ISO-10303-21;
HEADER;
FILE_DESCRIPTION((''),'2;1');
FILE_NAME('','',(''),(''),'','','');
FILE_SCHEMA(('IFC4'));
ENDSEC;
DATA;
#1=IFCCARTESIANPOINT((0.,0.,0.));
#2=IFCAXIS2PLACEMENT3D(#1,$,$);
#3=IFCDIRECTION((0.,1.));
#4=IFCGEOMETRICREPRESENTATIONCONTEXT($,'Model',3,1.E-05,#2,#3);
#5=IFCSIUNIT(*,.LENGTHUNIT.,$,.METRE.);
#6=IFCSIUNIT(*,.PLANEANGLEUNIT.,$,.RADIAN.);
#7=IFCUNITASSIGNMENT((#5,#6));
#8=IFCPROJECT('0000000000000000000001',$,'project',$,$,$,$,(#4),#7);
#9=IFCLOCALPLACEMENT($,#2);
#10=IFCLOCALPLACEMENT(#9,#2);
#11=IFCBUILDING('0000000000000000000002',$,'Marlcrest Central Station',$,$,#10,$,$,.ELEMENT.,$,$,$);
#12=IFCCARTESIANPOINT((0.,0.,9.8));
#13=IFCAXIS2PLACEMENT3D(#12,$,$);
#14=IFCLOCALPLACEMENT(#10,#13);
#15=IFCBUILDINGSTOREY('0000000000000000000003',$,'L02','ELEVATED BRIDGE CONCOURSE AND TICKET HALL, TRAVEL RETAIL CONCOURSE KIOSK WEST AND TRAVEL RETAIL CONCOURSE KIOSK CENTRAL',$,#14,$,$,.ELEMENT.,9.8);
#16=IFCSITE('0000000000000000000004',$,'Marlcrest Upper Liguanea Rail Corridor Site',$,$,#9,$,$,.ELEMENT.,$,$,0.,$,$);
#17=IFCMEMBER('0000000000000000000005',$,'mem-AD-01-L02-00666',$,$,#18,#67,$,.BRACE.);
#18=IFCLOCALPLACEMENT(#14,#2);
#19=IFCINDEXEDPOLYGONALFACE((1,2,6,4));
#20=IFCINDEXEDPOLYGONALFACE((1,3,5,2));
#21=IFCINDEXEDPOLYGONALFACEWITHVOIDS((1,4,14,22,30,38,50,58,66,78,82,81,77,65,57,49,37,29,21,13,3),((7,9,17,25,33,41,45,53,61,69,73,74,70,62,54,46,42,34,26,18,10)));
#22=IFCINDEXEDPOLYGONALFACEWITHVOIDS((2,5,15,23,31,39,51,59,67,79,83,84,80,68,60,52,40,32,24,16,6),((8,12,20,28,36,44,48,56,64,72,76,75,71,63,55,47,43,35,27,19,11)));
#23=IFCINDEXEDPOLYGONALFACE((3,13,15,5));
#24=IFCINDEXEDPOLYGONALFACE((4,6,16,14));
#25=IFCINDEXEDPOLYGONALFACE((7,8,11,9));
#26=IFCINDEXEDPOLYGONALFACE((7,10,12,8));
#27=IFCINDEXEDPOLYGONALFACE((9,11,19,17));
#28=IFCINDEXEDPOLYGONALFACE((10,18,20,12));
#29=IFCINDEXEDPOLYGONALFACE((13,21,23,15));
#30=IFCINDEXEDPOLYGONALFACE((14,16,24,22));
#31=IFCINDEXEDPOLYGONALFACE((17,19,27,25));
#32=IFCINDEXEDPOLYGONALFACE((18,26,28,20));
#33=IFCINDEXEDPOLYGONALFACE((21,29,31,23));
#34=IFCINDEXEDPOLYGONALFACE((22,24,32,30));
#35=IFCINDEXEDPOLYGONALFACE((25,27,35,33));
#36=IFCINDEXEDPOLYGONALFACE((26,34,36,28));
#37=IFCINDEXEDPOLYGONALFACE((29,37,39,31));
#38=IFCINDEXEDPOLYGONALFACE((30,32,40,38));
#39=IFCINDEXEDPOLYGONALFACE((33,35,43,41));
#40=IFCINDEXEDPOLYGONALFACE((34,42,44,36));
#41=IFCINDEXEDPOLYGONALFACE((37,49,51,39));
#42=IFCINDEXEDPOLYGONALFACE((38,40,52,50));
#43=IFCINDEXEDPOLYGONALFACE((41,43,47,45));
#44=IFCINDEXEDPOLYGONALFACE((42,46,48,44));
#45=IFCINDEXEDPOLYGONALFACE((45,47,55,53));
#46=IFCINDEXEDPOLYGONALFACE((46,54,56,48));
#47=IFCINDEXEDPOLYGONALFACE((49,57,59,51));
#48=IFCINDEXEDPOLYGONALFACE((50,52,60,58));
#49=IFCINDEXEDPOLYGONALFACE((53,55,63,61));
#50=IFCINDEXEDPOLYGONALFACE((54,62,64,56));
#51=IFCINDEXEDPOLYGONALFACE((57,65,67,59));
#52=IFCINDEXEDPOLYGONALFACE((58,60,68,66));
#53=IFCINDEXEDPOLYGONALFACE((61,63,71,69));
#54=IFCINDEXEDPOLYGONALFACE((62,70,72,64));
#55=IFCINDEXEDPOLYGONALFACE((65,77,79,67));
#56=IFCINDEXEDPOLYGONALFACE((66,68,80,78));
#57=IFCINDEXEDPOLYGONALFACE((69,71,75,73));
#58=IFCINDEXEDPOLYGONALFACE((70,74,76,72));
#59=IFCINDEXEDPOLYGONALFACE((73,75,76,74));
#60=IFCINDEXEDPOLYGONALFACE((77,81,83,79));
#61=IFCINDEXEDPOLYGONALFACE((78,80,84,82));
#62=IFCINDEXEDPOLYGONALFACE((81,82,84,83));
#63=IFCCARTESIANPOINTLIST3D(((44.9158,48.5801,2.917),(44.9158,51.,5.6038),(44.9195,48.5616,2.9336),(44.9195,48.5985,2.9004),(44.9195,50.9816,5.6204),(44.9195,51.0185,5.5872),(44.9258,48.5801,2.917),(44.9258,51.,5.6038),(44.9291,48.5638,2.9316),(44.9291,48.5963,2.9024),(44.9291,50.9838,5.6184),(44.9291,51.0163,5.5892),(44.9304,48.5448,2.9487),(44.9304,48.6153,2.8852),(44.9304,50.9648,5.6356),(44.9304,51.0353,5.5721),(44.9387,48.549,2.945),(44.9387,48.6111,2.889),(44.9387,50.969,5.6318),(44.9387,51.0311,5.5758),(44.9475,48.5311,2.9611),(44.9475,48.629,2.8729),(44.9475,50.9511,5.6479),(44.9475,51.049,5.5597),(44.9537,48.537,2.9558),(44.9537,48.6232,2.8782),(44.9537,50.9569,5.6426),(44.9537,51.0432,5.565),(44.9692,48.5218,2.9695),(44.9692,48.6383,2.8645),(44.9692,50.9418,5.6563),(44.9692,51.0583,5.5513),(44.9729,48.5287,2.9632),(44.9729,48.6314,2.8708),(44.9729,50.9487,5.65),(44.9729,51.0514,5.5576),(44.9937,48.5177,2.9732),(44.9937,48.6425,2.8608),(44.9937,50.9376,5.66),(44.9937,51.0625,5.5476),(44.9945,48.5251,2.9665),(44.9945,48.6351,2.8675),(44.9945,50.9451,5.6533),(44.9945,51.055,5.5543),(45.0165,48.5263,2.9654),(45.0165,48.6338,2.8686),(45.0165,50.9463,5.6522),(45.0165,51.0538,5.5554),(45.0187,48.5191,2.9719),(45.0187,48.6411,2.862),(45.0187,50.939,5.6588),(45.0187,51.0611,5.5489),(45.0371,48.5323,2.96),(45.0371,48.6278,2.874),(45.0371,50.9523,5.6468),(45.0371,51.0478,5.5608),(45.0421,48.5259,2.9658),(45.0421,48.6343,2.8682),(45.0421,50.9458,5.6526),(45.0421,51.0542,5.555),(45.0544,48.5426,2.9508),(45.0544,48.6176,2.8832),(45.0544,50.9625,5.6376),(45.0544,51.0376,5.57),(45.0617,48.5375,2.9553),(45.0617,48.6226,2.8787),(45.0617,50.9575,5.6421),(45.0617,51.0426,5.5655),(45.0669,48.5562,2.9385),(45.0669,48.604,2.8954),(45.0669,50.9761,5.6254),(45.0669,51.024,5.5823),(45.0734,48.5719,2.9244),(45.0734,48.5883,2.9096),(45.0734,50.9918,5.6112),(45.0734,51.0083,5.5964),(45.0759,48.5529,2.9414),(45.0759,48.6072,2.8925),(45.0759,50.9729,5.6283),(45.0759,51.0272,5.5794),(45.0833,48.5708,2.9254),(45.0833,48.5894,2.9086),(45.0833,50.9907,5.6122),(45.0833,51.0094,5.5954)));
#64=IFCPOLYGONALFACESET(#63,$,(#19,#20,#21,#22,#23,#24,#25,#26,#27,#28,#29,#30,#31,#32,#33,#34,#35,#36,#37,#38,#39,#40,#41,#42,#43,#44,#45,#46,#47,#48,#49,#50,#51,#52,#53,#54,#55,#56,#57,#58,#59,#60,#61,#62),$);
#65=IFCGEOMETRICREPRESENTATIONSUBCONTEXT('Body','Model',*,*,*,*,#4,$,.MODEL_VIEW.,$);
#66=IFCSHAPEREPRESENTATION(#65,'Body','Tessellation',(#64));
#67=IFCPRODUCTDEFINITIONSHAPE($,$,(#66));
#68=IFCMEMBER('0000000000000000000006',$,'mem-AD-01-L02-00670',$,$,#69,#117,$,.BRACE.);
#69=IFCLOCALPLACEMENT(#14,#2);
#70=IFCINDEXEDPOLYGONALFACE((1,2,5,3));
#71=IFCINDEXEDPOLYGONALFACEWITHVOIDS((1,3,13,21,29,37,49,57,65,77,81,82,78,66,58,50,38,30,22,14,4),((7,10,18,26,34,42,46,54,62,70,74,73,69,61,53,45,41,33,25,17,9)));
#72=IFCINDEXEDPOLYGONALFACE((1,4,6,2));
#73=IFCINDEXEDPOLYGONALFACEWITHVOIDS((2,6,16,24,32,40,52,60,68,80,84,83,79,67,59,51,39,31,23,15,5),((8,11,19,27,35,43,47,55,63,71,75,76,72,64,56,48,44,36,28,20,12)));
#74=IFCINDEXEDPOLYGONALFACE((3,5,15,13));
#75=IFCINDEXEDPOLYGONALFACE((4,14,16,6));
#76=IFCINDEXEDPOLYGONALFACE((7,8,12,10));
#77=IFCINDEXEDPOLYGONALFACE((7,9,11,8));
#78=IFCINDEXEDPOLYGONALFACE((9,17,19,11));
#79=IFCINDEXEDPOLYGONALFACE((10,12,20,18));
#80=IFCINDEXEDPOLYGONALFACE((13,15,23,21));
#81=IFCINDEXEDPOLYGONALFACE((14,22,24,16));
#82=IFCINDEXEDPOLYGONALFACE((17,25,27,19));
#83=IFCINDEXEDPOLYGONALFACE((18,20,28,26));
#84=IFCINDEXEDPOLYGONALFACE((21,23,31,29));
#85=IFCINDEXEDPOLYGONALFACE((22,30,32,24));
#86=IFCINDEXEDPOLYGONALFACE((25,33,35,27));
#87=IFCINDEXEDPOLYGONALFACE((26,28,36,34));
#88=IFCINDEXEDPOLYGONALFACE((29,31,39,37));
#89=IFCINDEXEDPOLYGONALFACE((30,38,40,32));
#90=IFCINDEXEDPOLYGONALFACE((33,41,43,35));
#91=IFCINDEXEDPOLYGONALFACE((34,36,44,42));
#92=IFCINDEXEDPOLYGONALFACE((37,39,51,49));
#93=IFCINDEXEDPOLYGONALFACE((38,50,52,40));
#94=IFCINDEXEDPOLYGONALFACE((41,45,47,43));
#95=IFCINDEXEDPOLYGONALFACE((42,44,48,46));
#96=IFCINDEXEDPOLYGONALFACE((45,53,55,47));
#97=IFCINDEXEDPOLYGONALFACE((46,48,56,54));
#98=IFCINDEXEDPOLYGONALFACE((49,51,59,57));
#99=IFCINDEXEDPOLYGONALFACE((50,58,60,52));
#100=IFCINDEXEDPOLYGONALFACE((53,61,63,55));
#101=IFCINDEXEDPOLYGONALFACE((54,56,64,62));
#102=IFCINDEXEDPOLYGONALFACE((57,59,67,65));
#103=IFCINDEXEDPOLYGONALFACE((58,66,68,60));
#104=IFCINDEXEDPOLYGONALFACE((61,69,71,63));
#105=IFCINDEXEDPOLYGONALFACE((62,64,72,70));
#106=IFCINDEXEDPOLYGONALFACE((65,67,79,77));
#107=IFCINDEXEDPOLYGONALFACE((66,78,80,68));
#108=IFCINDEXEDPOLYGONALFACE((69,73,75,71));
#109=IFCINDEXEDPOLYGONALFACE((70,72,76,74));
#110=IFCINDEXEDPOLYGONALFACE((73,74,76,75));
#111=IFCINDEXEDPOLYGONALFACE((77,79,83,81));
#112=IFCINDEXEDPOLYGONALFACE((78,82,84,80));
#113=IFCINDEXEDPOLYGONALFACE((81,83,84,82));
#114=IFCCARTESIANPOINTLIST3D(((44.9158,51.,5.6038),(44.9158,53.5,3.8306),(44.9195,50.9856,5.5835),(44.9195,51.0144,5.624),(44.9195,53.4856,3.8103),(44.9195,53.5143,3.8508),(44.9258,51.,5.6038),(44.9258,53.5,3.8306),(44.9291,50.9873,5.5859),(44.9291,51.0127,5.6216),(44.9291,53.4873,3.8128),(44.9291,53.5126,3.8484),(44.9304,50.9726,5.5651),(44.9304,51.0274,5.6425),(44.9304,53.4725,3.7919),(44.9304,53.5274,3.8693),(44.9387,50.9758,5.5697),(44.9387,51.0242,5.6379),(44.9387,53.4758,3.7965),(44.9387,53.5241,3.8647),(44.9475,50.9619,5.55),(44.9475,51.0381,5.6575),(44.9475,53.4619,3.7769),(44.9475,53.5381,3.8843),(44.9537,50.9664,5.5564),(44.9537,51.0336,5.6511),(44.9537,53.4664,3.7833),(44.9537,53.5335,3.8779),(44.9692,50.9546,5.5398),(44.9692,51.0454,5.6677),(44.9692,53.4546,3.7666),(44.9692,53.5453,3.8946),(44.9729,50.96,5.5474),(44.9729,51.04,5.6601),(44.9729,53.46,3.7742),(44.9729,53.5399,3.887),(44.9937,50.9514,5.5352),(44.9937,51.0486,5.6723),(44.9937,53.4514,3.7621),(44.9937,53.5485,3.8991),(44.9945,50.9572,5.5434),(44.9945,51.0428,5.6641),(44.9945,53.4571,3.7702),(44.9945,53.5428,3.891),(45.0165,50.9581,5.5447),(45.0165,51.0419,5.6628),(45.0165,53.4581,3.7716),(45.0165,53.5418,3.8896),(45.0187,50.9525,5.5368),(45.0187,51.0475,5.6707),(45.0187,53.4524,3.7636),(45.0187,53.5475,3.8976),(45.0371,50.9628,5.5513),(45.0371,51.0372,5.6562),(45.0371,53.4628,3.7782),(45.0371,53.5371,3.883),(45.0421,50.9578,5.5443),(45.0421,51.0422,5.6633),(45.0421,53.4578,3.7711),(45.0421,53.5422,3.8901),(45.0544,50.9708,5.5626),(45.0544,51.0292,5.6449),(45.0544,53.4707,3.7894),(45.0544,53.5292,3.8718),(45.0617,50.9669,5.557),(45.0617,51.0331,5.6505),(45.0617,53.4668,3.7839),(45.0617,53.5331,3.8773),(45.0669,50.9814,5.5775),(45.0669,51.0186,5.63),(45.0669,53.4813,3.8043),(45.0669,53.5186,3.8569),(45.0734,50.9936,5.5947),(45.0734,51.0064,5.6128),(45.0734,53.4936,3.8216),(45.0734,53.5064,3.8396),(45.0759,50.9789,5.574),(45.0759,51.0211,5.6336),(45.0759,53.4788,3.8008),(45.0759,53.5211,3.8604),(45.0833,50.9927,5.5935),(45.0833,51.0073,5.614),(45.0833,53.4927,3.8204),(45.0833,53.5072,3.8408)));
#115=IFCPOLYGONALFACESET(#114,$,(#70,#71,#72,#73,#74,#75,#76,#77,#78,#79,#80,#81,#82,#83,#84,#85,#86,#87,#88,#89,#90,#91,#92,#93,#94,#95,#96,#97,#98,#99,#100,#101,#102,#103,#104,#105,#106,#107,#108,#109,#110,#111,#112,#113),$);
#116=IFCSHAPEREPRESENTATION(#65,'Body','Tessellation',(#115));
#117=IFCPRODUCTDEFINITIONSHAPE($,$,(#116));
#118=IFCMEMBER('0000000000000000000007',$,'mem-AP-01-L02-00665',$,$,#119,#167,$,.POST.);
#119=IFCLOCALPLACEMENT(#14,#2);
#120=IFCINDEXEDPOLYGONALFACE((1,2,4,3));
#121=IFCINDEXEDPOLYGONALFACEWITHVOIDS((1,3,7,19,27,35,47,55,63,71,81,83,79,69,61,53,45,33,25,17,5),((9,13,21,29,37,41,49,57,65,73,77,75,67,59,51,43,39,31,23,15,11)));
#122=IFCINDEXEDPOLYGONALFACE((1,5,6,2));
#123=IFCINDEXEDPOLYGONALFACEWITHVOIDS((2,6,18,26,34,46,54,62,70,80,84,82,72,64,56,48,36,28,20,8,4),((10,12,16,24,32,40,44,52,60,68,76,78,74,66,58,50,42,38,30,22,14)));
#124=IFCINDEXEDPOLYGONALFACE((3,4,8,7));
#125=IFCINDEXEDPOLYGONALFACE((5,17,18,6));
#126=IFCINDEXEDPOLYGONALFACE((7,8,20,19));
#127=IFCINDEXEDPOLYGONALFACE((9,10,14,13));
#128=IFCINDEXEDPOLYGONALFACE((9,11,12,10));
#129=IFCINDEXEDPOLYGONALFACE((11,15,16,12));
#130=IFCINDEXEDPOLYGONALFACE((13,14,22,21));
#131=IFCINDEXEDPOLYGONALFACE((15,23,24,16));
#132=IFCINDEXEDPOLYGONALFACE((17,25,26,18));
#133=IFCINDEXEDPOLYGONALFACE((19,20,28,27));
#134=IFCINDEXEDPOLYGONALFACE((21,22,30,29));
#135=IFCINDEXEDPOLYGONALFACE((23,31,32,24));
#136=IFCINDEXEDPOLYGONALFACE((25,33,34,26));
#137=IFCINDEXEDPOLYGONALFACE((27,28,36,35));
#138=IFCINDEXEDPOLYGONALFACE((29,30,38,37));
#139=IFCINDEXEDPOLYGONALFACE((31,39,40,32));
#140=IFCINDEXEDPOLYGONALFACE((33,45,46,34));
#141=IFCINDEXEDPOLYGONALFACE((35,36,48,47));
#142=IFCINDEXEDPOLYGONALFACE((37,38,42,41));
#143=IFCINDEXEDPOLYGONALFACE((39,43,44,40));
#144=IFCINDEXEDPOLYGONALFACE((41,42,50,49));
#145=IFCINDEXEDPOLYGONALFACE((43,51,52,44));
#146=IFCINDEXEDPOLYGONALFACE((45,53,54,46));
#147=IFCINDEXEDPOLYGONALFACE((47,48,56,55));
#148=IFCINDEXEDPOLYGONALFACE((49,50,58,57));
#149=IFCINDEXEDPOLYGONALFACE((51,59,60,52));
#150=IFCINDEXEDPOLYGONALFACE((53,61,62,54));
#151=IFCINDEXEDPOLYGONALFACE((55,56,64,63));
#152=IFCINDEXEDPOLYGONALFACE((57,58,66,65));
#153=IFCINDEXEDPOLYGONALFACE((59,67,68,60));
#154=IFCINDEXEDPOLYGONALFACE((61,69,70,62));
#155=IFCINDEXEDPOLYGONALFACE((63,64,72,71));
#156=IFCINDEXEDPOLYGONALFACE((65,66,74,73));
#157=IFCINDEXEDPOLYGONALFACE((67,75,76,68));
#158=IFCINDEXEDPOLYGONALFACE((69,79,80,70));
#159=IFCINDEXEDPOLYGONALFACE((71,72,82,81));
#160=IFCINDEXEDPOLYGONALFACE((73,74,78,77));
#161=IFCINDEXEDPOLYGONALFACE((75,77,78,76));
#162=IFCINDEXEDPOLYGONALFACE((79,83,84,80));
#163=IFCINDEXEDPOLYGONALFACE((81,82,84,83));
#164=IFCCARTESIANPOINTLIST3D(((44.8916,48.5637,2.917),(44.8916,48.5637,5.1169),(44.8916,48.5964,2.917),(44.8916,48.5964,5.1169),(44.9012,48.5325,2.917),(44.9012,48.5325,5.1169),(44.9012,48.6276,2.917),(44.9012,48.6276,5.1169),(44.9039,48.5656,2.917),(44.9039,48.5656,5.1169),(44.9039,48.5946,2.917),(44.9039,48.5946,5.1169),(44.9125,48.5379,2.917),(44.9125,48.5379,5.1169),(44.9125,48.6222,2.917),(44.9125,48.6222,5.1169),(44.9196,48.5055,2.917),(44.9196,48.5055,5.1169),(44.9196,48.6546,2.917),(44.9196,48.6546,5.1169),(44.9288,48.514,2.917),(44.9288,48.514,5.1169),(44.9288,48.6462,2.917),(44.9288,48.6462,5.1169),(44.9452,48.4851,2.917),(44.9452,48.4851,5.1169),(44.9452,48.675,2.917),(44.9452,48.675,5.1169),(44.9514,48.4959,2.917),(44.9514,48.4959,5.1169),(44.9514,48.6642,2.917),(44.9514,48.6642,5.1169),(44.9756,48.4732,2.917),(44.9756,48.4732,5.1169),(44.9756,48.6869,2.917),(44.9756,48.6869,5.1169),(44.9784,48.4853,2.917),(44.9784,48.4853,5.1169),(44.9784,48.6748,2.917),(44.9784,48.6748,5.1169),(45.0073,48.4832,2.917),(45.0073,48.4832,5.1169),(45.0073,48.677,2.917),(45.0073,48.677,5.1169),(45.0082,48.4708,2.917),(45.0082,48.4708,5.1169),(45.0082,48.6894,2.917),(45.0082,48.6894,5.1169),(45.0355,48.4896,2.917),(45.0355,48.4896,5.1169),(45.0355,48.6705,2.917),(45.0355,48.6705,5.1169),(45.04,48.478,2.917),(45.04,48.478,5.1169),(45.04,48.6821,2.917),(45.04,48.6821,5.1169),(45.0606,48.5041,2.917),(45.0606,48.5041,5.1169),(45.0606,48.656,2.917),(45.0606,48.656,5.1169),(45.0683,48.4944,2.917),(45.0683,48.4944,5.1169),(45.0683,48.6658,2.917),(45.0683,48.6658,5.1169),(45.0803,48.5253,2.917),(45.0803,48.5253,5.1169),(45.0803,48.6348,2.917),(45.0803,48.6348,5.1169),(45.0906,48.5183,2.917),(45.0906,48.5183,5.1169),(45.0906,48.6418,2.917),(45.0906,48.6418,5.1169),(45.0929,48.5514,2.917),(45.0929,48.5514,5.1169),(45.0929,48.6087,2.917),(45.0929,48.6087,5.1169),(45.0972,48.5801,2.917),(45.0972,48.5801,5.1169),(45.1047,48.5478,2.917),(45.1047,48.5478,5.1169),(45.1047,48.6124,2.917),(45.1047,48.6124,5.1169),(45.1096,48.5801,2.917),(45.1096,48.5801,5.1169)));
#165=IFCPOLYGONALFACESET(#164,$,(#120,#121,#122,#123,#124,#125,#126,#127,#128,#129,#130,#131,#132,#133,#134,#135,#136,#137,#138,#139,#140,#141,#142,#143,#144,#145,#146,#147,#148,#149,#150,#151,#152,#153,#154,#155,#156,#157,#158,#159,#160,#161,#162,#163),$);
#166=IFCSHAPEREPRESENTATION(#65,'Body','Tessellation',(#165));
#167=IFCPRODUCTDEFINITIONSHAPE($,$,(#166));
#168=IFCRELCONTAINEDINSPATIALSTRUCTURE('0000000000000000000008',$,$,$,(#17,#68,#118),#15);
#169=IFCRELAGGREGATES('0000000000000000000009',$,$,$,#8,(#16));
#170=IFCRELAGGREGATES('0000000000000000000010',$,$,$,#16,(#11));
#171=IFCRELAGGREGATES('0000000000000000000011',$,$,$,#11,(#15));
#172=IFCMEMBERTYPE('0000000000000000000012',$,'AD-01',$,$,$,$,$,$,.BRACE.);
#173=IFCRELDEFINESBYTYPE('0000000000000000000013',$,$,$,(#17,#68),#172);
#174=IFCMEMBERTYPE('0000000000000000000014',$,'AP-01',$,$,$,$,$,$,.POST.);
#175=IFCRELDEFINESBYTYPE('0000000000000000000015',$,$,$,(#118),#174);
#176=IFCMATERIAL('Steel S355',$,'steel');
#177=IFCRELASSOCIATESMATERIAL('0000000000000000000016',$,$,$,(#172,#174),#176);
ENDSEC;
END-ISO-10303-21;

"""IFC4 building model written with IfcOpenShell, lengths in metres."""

from ifc_helpers import new_model, si_unit, direction, frame, origin, origin_2d, place, context, subcontext, project, spatial, hollow_circle, extrude, material, material_profile, profile_set, type_object, element, save


model = new_model("IFC4")

# Units and contexts
model_context = context("Model", 3, precision=1e-05, world=origin(), true_north=direction((0.0, 1.0)))
body_context = subcontext(model_context, "Body", "Model", "MODEL_VIEW")
ifc_project = project(units=[si_unit("LENGTHUNIT", "METRE"), si_unit("PLANEANGLEUNIT", "RADIAN")], contexts=[model_context])

# Site, building, storey
site_placement = place(None, origin())
site = spatial("IfcSite", under=ifc_project, at=site_placement, Name="Marlcrest Upper Liguanea Rail Corridor Site", CompositionType="ELEMENT", RefElevation=0.0)
building_placement = place(site_placement, origin())
building = spatial("IfcBuilding", under=site, at=building_placement, Name="Marlcrest Central Station", CompositionType="ELEMENT")
storey_placement = place(building_placement, frame((0.0, 0.0, 9.8)))
storey = spatial("IfcBuildingStorey", under=building, at=storey_placement, Name="L02", Description="ELEVATED BRIDGE CONCOURSE AND TICKET HALL, TRAVEL RETAIL CONCOURSE KIOSK WEST AND TRAVEL RETAIL CONCOURSE KIOSK CENTRAL", CompositionType="ELEMENT", Elevation=9.8)

# Members
ifc_material = material(Name="Steel S355", Category="steel")
ifc_material_profile_1 = material_profile(ifc_material, hollow_circle(Radius=0.0842, WallThickness=0.01, at=origin_2d()), Name="CHS 168.3x10")
ifc_profile_set_1 = profile_set([ifc_material_profile_1], Name="Steel S355")
member_type_1 = type_object("IfcMemberType", Name="AD-01", PredefinedType="BRACE", material=ifc_profile_set_1)
member_1_placement = place(storey_placement, frame((45.0, 48.5801, 2.917), z_axis=(0.0, 0.669244, 0.743042), x_axis=(-1.0, 0.0, 0.0)))
element("IfcMember", 1, at=member_1_placement, inside=storey, type_object=member_type_1, Name="mem-AD-01-L02-00666", PredefinedType="BRACE", context=body_context, shape_type="SweptSolid", body=[
    extrude(hollow_circle(Radius=0.0842, WallThickness=0.01, at=origin_2d()), origin(), (0.0, 0.0, 1.0), 3.616),
])
member_2_placement = place(storey_placement, frame((45.0, 51.0, 5.6038), z_axis=(0.0, 0.815661, -0.57853), x_axis=(-1.0, 0.0, 0.0)))
element("IfcMember", 2, at=member_2_placement, inside=storey, type_object=member_type_1, Name="mem-AD-01-L02-00670", PredefinedType="BRACE", context=body_context, shape_type="SweptSolid", body=[
    extrude(hollow_circle(Radius=0.0842, WallThickness=0.01, at=origin_2d()), origin(), (0.0, 0.0, 1.0), 3.0649),
])
ifc_material_profile_2 = material_profile(ifc_material, hollow_circle(Radius=0.1096, WallThickness=0.0125, at=origin_2d()), Name="CHS 219.1x12.5")
ifc_profile_set_2 = profile_set([ifc_material_profile_2], Name="Steel S355")
member_type_2 = type_object("IfcMemberType", Name="AP-01", PredefinedType="POST", material=ifc_profile_set_2)
for number, where, z_axis, x_axis, name in (
    (3, (45.0, 48.5801, 2.917), (0.0, 0.0, 1.0), (1.0, 0.0, 0.0), "mem-AP-01-L02-00665"),
):
    element("IfcMember", number, at=place(storey_placement, frame(where, z_axis=z_axis, x_axis=x_axis)), inside=storey, type_object=member_type_2, Name=name, PredefinedType="POST", context=body_context, shape_type="SweptSolid", body=[
        extrude(hollow_circle(Radius=0.1096, WallThickness=0.0125, at=origin_2d()), origin(), (0.0, 0.0, 1.0), 2.2),
    ])

save(model, "model.ifc")
